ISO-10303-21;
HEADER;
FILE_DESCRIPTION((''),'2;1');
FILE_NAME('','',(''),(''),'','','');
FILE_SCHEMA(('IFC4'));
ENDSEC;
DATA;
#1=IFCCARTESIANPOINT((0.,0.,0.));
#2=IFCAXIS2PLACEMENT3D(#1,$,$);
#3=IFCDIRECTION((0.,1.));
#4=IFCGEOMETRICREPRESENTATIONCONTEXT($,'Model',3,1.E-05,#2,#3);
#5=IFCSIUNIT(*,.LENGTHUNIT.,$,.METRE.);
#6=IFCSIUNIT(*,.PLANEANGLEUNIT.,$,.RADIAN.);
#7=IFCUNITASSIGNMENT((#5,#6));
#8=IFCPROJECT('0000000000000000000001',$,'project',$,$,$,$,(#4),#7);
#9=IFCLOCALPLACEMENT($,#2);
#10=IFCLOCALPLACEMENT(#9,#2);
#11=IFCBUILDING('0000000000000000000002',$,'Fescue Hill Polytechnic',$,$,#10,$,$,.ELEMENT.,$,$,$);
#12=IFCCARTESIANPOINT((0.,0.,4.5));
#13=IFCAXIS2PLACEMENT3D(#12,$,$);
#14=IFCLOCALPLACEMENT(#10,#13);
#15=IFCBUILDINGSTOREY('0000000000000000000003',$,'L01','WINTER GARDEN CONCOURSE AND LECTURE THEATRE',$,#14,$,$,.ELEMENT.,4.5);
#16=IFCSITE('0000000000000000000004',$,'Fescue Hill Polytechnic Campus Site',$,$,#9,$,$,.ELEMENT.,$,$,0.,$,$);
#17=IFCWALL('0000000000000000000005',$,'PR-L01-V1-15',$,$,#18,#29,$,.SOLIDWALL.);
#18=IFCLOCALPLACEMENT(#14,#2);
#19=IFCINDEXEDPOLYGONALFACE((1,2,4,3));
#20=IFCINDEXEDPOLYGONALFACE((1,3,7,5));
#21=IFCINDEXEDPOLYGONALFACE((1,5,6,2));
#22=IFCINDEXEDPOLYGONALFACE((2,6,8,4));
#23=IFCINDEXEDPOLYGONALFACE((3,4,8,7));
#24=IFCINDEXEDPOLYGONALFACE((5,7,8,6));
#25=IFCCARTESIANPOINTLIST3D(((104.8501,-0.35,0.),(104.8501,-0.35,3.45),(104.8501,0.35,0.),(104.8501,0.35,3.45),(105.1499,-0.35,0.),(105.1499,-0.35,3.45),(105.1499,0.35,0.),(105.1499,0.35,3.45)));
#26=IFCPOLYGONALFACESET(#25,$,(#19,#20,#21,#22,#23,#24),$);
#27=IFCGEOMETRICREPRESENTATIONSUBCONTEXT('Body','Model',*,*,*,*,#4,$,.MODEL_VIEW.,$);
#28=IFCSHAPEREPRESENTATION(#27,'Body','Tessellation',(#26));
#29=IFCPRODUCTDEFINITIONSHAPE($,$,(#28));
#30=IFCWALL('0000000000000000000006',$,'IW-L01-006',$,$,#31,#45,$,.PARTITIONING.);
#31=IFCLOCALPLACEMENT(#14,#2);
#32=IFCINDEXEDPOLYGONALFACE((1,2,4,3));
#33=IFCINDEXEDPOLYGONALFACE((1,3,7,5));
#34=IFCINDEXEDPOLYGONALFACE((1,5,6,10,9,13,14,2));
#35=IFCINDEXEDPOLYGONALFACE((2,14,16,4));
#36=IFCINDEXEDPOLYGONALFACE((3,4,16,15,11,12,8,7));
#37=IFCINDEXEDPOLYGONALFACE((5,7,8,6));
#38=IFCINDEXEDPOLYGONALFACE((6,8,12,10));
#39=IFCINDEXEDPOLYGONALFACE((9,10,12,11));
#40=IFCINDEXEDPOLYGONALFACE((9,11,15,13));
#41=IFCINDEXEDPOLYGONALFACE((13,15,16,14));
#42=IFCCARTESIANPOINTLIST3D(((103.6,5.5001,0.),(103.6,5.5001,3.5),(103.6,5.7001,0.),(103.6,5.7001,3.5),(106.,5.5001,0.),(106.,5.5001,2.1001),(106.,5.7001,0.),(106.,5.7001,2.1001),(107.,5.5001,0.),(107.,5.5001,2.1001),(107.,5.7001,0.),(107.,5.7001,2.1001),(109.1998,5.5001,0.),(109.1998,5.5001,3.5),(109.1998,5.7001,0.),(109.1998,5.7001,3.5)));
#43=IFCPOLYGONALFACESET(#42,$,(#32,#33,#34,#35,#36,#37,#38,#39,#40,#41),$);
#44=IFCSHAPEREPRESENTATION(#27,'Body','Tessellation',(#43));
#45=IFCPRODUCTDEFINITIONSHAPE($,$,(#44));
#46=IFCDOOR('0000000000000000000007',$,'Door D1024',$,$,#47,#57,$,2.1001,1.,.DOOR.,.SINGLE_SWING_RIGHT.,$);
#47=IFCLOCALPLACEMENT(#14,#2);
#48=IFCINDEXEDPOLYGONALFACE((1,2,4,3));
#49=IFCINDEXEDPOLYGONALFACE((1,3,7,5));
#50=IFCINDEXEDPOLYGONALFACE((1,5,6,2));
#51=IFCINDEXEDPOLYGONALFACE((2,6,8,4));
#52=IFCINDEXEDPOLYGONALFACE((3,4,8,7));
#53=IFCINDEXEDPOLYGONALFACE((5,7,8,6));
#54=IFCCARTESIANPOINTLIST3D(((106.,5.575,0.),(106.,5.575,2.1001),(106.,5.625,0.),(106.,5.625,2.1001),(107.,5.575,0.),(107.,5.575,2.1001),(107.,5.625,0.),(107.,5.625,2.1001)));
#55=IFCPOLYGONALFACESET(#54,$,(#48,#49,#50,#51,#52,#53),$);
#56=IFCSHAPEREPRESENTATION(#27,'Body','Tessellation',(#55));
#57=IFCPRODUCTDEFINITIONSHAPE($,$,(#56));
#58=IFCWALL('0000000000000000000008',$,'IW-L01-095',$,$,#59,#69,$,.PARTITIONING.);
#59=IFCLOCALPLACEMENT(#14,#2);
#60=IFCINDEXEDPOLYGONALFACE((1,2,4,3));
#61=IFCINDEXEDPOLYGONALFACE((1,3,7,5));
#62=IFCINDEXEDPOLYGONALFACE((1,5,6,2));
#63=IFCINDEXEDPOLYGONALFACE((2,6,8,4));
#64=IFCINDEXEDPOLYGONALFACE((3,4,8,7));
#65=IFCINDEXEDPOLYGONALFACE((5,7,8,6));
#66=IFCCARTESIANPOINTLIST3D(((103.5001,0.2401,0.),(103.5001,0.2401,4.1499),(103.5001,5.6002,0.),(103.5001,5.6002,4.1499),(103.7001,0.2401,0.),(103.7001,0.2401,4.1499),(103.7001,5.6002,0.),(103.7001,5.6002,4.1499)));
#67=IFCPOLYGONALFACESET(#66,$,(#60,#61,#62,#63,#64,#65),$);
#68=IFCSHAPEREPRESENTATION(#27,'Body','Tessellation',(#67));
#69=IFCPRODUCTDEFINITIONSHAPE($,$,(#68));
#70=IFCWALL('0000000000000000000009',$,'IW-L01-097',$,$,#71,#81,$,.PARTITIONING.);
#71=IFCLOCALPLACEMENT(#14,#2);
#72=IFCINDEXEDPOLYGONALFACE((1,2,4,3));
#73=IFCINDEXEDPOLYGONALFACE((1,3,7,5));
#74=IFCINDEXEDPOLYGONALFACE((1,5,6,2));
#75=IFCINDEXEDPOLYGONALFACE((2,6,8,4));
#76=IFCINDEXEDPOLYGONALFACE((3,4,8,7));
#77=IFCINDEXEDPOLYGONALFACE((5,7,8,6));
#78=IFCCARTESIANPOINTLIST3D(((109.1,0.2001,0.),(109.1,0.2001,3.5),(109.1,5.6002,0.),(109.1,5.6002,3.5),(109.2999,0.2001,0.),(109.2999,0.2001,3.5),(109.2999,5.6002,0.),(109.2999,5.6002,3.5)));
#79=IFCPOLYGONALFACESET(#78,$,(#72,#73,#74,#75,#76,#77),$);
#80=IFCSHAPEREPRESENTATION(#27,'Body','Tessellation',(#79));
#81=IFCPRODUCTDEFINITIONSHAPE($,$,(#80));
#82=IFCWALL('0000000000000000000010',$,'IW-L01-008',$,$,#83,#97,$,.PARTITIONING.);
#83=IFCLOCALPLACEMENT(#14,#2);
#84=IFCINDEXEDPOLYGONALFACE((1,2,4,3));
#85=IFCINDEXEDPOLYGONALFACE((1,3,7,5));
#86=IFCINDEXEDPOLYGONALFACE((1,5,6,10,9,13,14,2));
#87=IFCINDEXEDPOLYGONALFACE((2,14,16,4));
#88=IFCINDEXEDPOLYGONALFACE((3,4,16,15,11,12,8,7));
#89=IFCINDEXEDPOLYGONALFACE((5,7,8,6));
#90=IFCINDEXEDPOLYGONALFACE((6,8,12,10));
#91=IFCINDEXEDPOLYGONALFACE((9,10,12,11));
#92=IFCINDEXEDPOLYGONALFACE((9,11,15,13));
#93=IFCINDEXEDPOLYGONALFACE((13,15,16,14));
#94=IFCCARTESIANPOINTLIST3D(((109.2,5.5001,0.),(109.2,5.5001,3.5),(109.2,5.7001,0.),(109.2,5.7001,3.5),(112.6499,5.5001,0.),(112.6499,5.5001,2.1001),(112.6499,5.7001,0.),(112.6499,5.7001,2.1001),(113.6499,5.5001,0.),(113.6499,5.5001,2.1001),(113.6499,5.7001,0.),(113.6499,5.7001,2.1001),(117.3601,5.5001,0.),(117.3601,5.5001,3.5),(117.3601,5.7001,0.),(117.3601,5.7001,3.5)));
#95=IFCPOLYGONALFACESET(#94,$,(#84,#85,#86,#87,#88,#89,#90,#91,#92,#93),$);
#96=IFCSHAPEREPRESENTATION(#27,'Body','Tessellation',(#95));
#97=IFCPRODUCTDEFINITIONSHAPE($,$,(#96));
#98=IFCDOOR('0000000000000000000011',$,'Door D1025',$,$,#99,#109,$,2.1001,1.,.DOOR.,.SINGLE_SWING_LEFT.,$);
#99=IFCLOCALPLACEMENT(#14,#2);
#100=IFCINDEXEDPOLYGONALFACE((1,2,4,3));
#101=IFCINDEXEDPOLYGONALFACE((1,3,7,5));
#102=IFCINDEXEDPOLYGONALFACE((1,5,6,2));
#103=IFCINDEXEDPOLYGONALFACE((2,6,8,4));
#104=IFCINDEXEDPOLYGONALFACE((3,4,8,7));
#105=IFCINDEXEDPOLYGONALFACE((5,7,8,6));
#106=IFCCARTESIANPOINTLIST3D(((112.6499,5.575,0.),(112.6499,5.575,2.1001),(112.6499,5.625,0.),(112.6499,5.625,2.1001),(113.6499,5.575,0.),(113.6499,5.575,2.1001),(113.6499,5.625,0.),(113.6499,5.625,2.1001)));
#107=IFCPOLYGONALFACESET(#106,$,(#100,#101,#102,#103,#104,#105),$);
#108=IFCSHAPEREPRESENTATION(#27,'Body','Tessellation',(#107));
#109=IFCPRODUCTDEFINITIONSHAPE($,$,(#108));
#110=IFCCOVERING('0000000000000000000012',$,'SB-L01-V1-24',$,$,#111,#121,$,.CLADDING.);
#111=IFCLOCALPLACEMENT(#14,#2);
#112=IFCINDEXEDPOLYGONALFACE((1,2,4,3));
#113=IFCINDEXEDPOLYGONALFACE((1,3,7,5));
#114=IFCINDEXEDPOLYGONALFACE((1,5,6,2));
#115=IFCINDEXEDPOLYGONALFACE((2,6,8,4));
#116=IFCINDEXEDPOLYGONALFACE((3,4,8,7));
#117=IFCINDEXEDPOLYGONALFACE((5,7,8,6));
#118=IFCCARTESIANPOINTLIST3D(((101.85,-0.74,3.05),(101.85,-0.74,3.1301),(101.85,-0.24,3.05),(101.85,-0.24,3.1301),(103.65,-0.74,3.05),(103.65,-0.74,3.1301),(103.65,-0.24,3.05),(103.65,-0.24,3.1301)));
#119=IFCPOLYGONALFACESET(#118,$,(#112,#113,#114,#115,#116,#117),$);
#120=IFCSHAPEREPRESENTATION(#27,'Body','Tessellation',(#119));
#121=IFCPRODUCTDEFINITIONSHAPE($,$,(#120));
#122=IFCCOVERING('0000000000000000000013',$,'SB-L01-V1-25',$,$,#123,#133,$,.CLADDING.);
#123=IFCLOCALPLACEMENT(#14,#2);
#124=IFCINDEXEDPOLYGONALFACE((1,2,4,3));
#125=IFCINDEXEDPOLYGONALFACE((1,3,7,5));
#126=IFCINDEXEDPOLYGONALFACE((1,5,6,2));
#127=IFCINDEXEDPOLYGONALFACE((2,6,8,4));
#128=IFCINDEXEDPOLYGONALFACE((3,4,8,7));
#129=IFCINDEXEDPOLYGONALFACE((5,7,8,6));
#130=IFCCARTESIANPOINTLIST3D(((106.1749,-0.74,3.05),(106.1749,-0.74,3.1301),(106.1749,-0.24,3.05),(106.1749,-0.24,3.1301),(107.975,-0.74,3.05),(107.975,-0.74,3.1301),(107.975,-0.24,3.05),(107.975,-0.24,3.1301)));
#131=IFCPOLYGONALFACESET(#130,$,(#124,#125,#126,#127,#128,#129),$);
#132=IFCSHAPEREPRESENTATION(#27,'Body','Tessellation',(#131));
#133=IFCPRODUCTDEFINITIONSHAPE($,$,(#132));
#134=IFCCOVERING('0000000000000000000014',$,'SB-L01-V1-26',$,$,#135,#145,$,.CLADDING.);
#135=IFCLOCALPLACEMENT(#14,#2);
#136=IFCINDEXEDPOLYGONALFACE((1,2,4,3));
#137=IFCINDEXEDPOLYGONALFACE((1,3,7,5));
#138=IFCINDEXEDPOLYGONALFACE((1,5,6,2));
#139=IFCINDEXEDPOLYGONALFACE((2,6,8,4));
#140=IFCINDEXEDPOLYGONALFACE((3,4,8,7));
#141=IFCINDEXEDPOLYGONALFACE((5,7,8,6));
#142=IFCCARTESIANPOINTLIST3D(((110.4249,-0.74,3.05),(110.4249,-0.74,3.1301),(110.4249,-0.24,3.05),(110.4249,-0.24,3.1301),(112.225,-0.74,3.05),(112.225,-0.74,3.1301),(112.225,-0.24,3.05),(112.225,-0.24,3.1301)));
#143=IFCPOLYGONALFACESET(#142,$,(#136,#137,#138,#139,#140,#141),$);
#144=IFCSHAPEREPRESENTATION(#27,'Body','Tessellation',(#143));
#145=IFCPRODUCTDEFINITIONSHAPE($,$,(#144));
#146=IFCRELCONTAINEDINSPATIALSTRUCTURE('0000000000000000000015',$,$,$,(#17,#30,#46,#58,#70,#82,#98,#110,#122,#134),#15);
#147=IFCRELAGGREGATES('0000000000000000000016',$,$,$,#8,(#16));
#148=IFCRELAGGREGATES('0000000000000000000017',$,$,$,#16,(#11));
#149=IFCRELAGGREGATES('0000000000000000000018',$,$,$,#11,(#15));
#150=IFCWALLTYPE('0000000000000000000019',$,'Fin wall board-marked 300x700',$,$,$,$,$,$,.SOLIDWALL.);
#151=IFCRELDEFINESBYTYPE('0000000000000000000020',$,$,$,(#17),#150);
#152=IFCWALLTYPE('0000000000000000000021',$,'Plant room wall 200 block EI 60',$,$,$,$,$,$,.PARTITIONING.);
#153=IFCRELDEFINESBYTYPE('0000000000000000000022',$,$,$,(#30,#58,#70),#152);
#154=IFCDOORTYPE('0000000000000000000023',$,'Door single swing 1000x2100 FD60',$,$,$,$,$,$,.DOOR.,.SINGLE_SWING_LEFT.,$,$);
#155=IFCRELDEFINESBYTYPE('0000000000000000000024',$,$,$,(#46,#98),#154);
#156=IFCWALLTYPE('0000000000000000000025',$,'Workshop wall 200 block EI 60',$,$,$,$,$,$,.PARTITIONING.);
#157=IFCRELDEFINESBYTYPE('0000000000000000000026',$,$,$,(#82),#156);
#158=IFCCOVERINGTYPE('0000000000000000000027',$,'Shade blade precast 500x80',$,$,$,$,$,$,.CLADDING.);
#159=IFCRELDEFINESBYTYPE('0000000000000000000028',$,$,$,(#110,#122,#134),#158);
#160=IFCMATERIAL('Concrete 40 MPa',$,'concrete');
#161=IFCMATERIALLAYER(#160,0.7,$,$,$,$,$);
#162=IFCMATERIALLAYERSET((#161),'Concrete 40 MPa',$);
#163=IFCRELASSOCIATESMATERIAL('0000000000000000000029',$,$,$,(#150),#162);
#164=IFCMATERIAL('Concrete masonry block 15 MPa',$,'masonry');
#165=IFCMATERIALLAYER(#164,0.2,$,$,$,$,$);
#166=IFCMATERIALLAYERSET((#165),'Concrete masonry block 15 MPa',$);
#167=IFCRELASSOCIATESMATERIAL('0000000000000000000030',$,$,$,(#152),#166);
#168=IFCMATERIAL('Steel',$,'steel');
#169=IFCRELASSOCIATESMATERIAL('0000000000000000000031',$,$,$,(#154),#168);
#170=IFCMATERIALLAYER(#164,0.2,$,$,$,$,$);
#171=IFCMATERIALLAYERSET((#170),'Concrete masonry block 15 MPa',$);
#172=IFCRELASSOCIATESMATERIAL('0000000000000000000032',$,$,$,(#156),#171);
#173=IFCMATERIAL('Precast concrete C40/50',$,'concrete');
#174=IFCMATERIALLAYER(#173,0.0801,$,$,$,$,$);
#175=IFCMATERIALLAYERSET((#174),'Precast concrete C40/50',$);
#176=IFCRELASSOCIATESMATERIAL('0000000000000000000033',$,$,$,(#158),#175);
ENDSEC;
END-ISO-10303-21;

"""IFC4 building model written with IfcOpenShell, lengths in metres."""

from ifc_helpers import new_model, si_unit, direction, frame, frame_2d, origin, origin_2d, place, context, subcontext, project, spatial, rectangle, extrude, material, layer, layer_set, type_object, element, fill, save


model = new_model("IFC4")

# Units and contexts
model_context = context("Model", 3, precision=1e-05, world=origin(), true_north=direction((0.0, 1.0)))
body_context = subcontext(model_context, "Body", "Model", "MODEL_VIEW")
ifc_project = project(units=[si_unit("LENGTHUNIT", "METRE"), si_unit("PLANEANGLEUNIT", "RADIAN")], contexts=[model_context])

# Site, building, storey
site_placement = place(None, origin())
site = spatial("IfcSite", under=ifc_project, at=site_placement, Name="Fescue Hill Polytechnic Campus Site", CompositionType="ELEMENT", RefElevation=0.0)
building_placement = place(site_placement, origin())
building = spatial("IfcBuilding", under=site, at=building_placement, Name="Fescue Hill Polytechnic", CompositionType="ELEMENT")
storey_placement = place(building_placement, frame((0.0, 0.0, 4.5)))
storey = spatial("IfcBuildingStorey", under=building, at=storey_placement, Name="L01", Description="WINTER GARDEN CONCOURSE AND LECTURE THEATRE", CompositionType="ELEMENT", Elevation=4.5)

# Shared definitions
ifc_material_1 = material(Name="Concrete 40 MPa", Category="concrete")

# Wall
ifc_layer_1 = layer(ifc_material_1, 0.7)
ifc_layer_set_1 = layer_set([ifc_layer_1], Name="Concrete 40 MPa")
wall_type_1 = type_object("IfcWallType", Name="Fin wall board-marked 300x700", PredefinedType="SOLIDWALL", material=ifc_layer_set_1)
wall_1_placement = place(storey_placement, frame((104.8501, 0.0, 0.0), z_axis=(0.0, 0.0, 1.0), x_axis=(1.0, 0.0, 0.0)))
element("IfcWall", 1, at=wall_1_placement, inside=storey, type_object=wall_type_1, Name="PR-L01-V1-15", PredefinedType="SOLIDWALL", context=body_context, shape_type="SweptSolid", body=[
    extrude(rectangle(XDim=0.2998, YDim=0.7, at=frame_2d((0.1499, 0.0))), origin(), (0.0, 0.0, 1.0), 3.45),
])

# Wall, opening, door
ifc_material_2 = material(Name="Concrete masonry block 15 MPa", Category="masonry")
ifc_layer_2 = layer(ifc_material_2, 0.2)
ifc_layer_set_2 = layer_set([ifc_layer_2], Name="Concrete masonry block 15 MPa")
wall_type_2 = type_object("IfcWallType", Name="Plant room wall 200 block EI 60", PredefinedType="PARTITIONING", material=ifc_layer_set_2)
wall_2_placement = place(storey_placement, frame((103.6001, 5.6001, 0.0), z_axis=(0.0, 0.0, 1.0), x_axis=(1.0, 0.0, 0.0)))
wall_2 = element("IfcWall", 2, at=wall_2_placement, inside=storey, type_object=wall_type_2, Name="IW-L01-006", PredefinedType="PARTITIONING", context=body_context, shape_type="SweptSolid", body=[
    extrude(rectangle(XDim=5.5999, YDim=0.2, at=frame_2d((2.7998, 0.0))), origin(), (0.0, 0.0, 1.0), 3.5),
])
opening_1_placement = place(wall_2_placement, frame((2.3999, 0.0, 0.0)))
opening_1 = element("IfcOpeningElement", 3, at=opening_1_placement, cuts=wall_2, PredefinedType="OPENING", context=body_context, shape_type="SweptSolid", body=[
    extrude(rectangle(XDim=1.0, YDim=2.1001, at=frame_2d((0.5, 1.05))), frame((0.0, 0.1099, 0.0), z_axis=(0.0, -1.0, 0.0), x_axis=(1.0, 0.0, 0.0)), (0.0, 0.0, 1.0), 0.22),
])
ifc_material_3 = material(Name="Steel", Category="steel")
door_type = type_object("IfcDoorType", Name="Door single swing 1000x2100 FD60", OperationType="SINGLE_SWING_LEFT", PredefinedType="DOOR", material=ifc_material_3)
door_1_placement = place(opening_1_placement, origin())
door_1 = element("IfcDoor", 4, at=door_1_placement, inside=storey, type_object=door_type, Name="Door D1024", OperationType="SINGLE_SWING_RIGHT", OverallHeight=2.1001, OverallWidth=1.0, PredefinedType="DOOR", context=body_context, shape_type="SweptSolid", body=[
    extrude(rectangle(XDim=1.0, YDim=2.1001, at=frame_2d((0.5, 1.05))), frame((0.0, 0.0249, 0.0), z_axis=(0.0, -1.0, 0.0), x_axis=(1.0, 0.0, 0.0)), (0.0, 0.0, 1.0), 0.05),
])
fill(opening_1, door_1)

# Walls
wall_3_placement = place(storey_placement, frame((103.6001, 0.24, 0.0), z_axis=(0.0, 0.0, 1.0), x_axis=(0.0, 1.0, 0.0)))
element("IfcWall", 5, at=wall_3_placement, inside=storey, type_object=wall_type_2, Name="IW-L01-095", PredefinedType="PARTITIONING", context=body_context, shape_type="SweptSolid", body=[
    extrude(rectangle(XDim=5.3601, YDim=0.2, at=frame_2d((2.6802, 0.0))), origin(), (0.0, 0.0, 1.0), 4.1499),
])
wall_4_placement = place(storey_placement, frame((109.2, 0.2, 0.0), z_axis=(0.0, 0.0, 1.0), x_axis=(0.0, 1.0, 0.0)))
element("IfcWall", 6, at=wall_4_placement, inside=storey, type_object=wall_type_2, Name="IW-L01-097", PredefinedType="PARTITIONING", context=body_context, shape_type="SweptSolid", body=[
    extrude(rectangle(XDim=5.4001, YDim=0.2, at=frame_2d((2.7002, 0.0))), origin(), (0.0, 0.0, 1.0), 3.5),
])

# Wall, opening, door
ifc_layer_3 = layer(ifc_material_2, 0.2)
ifc_layer_set_3 = layer_set([ifc_layer_3], Name="Concrete masonry block 15 MPa")
wall_type_3 = type_object("IfcWallType", Name="Workshop wall 200 block EI 60", PredefinedType="PARTITIONING", material=ifc_layer_set_3)
wall_5_placement = place(storey_placement, frame((109.2, 5.6001, 0.0), z_axis=(0.0, 0.0, 1.0), x_axis=(1.0, 0.0, 0.0)))
wall_5 = element("IfcWall", 7, at=wall_5_placement, inside=storey, type_object=wall_type_3, Name="IW-L01-008", PredefinedType="PARTITIONING", context=body_context, shape_type="SweptSolid", body=[
    extrude(rectangle(XDim=8.1602, YDim=0.2, at=frame_2d((4.0801, 0.0))), origin(), (0.0, 0.0, 1.0), 3.5),
])
opening_2_placement = place(wall_5_placement, frame((3.45, 0.0, 0.0)))
opening_2 = element("IfcOpeningElement", 8, at=opening_2_placement, cuts=wall_5, PredefinedType="OPENING", context=body_context, shape_type="SweptSolid", body=[
    extrude(rectangle(XDim=1.0, YDim=2.1001, at=frame_2d((0.5, 1.05))), frame((0.0, 0.1099, 0.0), z_axis=(0.0, -1.0, 0.0), x_axis=(1.0, 0.0, 0.0)), (0.0, 0.0, 1.0), 0.22),
])
door_2_placement = place(opening_2_placement, origin())
door_2 = element("IfcDoor", 9, at=door_2_placement, inside=storey, type_object=door_type, Name="Door D1025", OperationType="SINGLE_SWING_LEFT", OverallHeight=2.1001, OverallWidth=1.0, PredefinedType="DOOR", context=body_context, shape_type="SweptSolid", body=[
    extrude(rectangle(XDim=1.0, YDim=2.1001, at=frame_2d((0.5, 1.05))), frame((0.0, 0.0249, 0.0), z_axis=(0.0, -1.0, 0.0), x_axis=(1.0, 0.0, 0.0)), (0.0, 0.0, 1.0), 0.05),
])
fill(opening_2, door_2)

# Coverings
ifc_material_4 = material(Name="Precast concrete C40/50", Category="concrete")
ifc_layer_4 = layer(ifc_material_4, 0.0801)
ifc_layer_set_4 = layer_set([ifc_layer_4], Name="Precast concrete C40/50")
covering_type = type_object("IfcCoveringType", Name="Shade blade precast 500x80", PredefinedType="CLADDING", material=ifc_layer_set_4)
for number, where, z_axis, x_axis, name in (
    (10, (102.75, -0.49, 3.05), (0.0, 0.0, 1.0), (1.0, 0.0, 0.0), "SB-L01-V1-24"),
    (11, (107.075, -0.49, 3.05), (0.0, 0.0, 1.0), (1.0, 0.0, 0.0), "SB-L01-V1-25"),
    (12, (111.325, -0.49, 3.05), (0.0, 0.0, 1.0), (1.0, 0.0, 0.0), "SB-L01-V1-26"),
):
    element("IfcCovering", number, at=place(storey_placement, frame(where, z_axis=z_axis, x_axis=x_axis)), inside=storey, type_object=covering_type, Name=name, PredefinedType="CLADDING", context=body_context, shape_type="SweptSolid", body=[
        extrude(rectangle(XDim=1.8, YDim=0.5, at=origin_2d()), origin(), (0.0, 0.0, 1.0), 0.0801),
    ])

save(model, "model.ifc")
